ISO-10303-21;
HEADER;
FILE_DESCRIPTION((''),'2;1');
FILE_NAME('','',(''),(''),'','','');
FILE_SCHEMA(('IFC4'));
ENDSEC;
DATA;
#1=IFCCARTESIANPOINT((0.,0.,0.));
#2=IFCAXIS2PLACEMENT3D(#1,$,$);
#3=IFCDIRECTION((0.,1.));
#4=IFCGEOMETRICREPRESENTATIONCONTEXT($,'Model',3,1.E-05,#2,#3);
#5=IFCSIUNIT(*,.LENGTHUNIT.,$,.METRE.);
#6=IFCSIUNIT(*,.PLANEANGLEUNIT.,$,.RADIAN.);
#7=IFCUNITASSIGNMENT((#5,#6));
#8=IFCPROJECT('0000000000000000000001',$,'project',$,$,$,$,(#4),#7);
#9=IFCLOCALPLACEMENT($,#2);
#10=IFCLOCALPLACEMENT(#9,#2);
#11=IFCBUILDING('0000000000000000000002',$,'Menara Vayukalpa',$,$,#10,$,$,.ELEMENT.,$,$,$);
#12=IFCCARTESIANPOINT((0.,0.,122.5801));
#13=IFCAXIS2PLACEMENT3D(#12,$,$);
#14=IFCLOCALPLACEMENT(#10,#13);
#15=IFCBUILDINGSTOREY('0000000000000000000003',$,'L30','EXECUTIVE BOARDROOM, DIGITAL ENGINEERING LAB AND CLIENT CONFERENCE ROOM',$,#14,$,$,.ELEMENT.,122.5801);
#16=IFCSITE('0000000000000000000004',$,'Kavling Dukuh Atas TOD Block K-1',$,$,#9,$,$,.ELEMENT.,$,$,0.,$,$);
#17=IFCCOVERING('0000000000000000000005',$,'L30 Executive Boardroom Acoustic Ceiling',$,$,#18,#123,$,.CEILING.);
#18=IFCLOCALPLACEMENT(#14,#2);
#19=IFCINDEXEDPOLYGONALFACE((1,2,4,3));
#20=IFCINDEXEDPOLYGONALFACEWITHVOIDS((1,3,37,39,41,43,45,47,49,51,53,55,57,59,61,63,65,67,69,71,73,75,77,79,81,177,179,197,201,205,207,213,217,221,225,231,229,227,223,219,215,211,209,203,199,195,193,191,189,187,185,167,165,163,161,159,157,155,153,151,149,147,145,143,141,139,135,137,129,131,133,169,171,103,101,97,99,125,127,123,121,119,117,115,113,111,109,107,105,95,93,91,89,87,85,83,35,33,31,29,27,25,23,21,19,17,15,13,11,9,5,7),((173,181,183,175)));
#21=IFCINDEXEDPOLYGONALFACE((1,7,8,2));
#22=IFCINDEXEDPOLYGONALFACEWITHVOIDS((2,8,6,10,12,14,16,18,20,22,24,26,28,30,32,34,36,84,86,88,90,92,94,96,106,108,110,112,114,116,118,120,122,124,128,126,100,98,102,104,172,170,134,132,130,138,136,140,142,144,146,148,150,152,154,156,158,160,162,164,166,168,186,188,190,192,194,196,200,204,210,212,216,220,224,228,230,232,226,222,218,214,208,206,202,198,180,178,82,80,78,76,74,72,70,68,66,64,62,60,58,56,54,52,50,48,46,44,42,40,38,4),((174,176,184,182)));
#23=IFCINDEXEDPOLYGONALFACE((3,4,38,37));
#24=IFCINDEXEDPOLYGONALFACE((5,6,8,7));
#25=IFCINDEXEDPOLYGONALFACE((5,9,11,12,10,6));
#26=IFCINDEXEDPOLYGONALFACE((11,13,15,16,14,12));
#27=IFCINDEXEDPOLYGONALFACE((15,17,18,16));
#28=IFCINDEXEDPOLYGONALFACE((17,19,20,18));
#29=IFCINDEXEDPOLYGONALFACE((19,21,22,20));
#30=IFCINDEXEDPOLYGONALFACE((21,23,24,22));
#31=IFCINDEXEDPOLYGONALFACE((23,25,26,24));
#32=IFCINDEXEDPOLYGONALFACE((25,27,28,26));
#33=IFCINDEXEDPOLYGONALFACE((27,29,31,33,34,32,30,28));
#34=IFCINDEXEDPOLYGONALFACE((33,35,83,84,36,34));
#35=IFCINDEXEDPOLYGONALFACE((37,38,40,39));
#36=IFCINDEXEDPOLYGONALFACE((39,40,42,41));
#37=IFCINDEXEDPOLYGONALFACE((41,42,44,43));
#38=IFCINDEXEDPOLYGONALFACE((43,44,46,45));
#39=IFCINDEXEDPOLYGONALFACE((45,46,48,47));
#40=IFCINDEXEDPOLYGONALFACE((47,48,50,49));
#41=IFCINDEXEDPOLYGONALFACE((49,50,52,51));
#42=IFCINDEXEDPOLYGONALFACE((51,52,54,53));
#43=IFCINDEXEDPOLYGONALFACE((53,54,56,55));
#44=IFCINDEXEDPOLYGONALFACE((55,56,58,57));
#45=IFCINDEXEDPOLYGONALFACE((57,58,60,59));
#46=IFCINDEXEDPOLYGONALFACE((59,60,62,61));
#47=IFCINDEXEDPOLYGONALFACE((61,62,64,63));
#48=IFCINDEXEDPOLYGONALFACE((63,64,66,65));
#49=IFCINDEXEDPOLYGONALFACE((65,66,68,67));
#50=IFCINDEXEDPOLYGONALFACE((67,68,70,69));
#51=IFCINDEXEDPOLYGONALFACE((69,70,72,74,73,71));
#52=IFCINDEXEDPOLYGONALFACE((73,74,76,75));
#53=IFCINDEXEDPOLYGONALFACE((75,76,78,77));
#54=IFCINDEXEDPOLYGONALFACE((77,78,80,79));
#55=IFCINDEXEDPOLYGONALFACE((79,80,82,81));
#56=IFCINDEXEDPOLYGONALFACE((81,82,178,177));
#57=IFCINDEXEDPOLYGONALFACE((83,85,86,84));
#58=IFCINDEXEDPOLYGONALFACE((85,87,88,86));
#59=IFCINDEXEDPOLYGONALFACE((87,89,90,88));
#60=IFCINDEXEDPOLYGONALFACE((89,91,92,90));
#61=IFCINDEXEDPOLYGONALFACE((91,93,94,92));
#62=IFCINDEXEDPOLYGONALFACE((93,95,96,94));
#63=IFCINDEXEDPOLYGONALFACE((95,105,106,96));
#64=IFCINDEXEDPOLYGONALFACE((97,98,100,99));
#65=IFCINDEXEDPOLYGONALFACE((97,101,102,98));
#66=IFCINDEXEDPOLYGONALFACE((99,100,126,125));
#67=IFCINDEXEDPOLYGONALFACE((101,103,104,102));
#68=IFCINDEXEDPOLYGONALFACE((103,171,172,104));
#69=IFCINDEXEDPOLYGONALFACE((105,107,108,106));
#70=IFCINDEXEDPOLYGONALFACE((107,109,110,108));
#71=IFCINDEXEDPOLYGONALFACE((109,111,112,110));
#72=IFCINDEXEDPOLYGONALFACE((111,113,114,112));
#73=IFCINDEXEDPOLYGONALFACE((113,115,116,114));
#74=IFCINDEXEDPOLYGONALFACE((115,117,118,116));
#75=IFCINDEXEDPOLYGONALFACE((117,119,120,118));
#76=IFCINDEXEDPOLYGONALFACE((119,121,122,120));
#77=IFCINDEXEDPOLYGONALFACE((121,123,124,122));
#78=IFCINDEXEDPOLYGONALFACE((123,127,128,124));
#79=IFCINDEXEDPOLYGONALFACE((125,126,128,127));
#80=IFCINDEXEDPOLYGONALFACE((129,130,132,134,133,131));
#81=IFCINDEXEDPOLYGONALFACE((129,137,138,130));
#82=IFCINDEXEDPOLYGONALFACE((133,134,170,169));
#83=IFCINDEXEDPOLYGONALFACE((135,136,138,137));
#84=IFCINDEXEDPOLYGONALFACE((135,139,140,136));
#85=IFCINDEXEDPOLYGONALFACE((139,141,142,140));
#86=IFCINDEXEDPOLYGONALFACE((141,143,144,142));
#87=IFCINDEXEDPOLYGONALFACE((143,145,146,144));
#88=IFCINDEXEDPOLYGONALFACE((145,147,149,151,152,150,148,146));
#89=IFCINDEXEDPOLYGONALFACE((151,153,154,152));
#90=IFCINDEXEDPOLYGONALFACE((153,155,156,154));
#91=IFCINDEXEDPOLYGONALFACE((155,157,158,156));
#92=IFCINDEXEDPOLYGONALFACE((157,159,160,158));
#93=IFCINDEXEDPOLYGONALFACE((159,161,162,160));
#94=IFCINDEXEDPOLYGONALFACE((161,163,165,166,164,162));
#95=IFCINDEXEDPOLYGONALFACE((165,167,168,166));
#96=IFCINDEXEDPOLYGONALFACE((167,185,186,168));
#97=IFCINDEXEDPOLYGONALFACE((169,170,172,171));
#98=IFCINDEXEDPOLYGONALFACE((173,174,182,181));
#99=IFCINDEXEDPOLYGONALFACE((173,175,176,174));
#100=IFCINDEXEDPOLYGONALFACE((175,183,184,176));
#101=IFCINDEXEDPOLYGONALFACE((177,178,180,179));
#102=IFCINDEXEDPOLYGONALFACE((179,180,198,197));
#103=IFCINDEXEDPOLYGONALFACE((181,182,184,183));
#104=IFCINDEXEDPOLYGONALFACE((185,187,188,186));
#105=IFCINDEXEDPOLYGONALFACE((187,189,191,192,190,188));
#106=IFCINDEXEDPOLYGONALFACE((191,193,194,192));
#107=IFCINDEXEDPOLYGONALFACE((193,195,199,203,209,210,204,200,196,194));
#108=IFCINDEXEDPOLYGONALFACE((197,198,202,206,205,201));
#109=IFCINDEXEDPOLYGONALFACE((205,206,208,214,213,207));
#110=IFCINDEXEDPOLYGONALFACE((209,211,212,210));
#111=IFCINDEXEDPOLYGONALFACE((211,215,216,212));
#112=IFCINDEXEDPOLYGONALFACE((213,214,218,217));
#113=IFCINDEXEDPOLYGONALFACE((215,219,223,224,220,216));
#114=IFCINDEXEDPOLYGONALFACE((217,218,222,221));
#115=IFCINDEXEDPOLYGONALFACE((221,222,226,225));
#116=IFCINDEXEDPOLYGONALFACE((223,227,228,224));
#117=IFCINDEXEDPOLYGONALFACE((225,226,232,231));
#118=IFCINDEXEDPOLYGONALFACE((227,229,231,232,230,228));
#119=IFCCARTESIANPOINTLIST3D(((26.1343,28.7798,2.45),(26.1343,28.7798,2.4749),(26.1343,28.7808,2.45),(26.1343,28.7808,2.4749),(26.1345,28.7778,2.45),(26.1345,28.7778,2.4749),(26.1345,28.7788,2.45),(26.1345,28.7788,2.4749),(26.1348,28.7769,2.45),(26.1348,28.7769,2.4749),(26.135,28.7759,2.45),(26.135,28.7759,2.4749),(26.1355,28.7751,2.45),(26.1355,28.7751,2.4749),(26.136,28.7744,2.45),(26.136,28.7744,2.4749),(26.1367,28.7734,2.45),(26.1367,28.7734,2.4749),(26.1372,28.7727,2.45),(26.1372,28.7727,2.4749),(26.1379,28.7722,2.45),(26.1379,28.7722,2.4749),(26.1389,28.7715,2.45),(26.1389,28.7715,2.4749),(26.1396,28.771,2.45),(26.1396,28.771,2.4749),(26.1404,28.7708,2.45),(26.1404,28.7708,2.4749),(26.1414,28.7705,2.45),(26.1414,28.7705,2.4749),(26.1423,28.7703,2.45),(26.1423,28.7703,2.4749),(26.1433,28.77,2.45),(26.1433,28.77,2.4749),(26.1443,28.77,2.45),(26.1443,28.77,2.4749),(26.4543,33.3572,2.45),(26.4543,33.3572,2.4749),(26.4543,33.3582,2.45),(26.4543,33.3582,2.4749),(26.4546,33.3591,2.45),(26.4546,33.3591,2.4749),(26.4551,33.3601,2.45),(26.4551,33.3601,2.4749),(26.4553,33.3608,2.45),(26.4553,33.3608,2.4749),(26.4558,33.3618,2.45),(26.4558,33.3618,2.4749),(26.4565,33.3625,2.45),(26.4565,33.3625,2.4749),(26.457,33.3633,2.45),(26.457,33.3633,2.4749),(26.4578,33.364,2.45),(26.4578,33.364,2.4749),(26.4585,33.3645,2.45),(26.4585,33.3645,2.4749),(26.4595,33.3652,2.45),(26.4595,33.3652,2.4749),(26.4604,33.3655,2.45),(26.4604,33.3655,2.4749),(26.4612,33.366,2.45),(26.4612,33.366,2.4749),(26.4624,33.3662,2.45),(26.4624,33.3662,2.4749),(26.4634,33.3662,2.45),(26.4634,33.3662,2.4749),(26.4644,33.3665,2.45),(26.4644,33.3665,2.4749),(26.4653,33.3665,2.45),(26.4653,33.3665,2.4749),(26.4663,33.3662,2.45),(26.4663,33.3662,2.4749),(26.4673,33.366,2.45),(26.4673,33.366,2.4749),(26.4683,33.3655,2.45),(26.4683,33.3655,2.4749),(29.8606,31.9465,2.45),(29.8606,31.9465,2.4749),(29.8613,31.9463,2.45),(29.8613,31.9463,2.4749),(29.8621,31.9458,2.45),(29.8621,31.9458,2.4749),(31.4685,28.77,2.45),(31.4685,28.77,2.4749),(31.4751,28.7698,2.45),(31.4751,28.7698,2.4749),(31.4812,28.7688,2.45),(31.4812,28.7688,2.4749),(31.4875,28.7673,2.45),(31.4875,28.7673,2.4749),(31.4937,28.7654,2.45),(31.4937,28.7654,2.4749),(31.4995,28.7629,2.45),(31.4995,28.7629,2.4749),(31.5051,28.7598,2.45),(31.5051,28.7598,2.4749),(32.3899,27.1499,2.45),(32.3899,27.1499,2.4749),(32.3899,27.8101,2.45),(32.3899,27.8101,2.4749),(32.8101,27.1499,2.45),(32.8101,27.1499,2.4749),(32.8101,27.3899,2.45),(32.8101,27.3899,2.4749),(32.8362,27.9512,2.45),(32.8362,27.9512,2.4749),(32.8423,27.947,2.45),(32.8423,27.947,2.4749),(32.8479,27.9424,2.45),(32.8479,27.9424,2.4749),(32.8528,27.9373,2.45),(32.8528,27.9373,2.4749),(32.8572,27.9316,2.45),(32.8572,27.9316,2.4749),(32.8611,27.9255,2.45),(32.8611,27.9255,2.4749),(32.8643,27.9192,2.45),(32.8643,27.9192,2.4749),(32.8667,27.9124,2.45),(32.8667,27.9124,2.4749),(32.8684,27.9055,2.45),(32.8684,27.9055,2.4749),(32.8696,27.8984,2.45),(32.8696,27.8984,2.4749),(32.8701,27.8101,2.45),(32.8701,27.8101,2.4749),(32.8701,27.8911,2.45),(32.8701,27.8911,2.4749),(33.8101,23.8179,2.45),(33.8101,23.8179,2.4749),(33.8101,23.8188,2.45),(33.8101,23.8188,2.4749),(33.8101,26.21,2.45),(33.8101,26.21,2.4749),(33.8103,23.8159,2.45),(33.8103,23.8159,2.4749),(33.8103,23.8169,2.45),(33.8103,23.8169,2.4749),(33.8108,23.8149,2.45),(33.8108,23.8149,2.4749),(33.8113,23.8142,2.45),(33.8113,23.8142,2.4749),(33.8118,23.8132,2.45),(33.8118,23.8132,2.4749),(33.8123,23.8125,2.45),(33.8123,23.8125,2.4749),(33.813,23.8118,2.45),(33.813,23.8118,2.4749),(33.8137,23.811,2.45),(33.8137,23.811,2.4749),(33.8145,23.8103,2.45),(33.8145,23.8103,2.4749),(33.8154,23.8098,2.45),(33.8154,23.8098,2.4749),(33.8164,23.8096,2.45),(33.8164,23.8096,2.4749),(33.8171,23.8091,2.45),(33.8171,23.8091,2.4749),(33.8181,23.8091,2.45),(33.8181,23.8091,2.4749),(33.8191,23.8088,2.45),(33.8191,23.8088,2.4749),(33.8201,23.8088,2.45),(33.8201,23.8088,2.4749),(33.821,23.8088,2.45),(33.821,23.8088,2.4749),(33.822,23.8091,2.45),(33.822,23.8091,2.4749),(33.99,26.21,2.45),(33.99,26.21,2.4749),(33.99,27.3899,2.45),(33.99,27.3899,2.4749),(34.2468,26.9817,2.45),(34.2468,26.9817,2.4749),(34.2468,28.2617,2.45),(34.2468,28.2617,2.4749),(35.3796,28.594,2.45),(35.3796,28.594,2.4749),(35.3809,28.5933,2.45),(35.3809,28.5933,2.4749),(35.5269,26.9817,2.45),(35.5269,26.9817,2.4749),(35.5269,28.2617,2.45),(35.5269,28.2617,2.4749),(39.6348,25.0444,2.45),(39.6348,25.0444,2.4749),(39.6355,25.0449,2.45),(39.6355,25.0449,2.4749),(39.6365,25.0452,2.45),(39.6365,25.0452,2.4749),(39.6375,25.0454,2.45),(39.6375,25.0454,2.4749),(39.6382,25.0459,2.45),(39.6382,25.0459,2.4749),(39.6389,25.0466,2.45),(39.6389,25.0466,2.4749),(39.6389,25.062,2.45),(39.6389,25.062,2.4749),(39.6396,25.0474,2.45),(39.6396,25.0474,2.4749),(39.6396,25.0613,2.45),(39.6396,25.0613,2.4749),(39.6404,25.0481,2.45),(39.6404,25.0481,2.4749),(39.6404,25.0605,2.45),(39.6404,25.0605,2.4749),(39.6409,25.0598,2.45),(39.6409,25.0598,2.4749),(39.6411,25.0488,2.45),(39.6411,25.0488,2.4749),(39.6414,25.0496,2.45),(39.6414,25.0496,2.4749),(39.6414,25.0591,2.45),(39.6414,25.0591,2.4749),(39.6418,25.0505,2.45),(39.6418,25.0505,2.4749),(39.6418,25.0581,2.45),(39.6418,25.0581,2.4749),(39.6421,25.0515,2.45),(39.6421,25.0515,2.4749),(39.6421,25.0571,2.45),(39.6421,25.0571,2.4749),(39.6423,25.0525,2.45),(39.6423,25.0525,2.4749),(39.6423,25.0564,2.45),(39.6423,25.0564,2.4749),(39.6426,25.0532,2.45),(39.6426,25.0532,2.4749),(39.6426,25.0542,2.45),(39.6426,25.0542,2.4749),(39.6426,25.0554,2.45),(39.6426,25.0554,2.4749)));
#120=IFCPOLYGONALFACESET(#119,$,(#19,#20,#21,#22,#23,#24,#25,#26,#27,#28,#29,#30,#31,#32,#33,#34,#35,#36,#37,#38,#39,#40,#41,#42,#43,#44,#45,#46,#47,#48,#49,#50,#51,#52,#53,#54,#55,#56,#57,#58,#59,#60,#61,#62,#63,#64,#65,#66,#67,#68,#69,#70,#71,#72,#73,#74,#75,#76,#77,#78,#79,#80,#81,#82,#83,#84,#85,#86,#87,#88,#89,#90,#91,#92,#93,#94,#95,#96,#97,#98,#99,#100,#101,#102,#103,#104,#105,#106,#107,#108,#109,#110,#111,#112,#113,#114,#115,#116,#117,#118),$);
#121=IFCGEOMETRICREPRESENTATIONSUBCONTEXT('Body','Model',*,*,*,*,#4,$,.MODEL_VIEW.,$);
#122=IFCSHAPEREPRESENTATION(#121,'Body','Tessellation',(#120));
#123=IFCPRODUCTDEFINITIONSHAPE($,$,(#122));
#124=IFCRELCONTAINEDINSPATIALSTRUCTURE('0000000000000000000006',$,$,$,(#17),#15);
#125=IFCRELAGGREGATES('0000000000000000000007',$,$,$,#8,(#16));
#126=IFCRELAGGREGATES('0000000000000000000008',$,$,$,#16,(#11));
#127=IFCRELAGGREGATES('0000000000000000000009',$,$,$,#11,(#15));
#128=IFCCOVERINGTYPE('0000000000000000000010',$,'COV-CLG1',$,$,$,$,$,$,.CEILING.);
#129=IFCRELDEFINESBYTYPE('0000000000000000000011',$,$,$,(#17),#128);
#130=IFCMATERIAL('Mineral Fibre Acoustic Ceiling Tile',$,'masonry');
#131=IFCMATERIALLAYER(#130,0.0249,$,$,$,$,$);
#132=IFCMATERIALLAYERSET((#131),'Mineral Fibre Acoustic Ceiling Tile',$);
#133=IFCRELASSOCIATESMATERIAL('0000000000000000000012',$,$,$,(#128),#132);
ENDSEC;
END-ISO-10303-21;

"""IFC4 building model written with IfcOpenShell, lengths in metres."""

from ifc_helpers import new_model, si_unit, direction, frame, origin, place, context, subcontext, project, spatial, polyline, outline, extrude, material, layer, layer_set, type_object, element, save


model = new_model("IFC4")

# Units and contexts
model_context = context("Model", 3, precision=1e-05, world=origin(), true_north=direction((0.0, 1.0)))
body_context = subcontext(model_context, "Body", "Model", "MODEL_VIEW")
ifc_project = project(units=[si_unit("LENGTHUNIT", "METRE"), si_unit("PLANEANGLEUNIT", "RADIAN")], contexts=[model_context])

# Site, building, storey
site_placement = place(None, origin())
site = spatial("IfcSite", under=ifc_project, at=site_placement, Name="Kavling Dukuh Atas TOD Block K-1", CompositionType="ELEMENT", RefElevation=0.0)
building_placement = place(site_placement, origin())
building = spatial("IfcBuilding", under=site, at=building_placement, Name="Menara Vayukalpa", CompositionType="ELEMENT")
storey_placement = place(building_placement, frame((0.0, 0.0, 122.5801)))
storey = spatial("IfcBuildingStorey", under=building, at=storey_placement, Name="L30", Description="EXECUTIVE BOARDROOM, DIGITAL ENGINEERING LAB AND CLIENT CONFERENCE ROOM", CompositionType="ELEMENT", Elevation=122.5801)

# Covering
ifc_material_1 = material(Name="Mineral Fibre Acoustic Ceiling Tile", Category="masonry")
ifc_layer_1 = layer(ifc_material_1, 0.0249)
ifc_layer_set_1 = layer_set([ifc_layer_1], Name="Mineral Fibre Acoustic Ceiling Tile")
covering_type_1 = type_object("IfcCoveringType", Name="COV-CLG1", PredefinedType="CEILING", material=ifc_layer_set_1)
covering_1_placement = place(storey_placement, frame((0.0, 0.0, 2.45)))
element("IfcCovering", 1, at=covering_1_placement, inside=storey, type_object=covering_type_1, Name="L30 Executive Boardroom Acoustic Ceiling", PredefinedType="CEILING", context=body_context, shape_type="SweptSolid", body=[
    extrude(outline(polyline([(32.8701, 27.8911), (32.8696, 27.8984), (32.8684, 27.9055), (32.8667, 27.9124), (32.8643, 27.9192), (32.8611, 27.9255), (32.8572, 27.9316), (32.8528, 27.9373), (32.8479, 27.9424), (32.8423, 27.947), (32.8362, 27.9512), (31.5051, 28.7598), (31.4995, 28.7629), (31.4937, 28.7654), (31.4875, 28.7673), (31.4812, 28.7688), (31.4751, 28.7698), (31.4685, 28.77), (26.1443, 28.77), (26.1433, 28.77), (26.1423, 28.7703), (26.1414, 28.7705), (26.1404, 28.7708), (26.1396, 28.771), (26.1389, 28.7715), (26.1379, 28.7722), (26.1372, 28.7727), (26.1367, 28.7734), (26.136, 28.7744), (26.1355, 28.7751), (26.135, 28.7759), (26.1348, 28.7769), (26.1345, 28.7778), (26.1345, 28.7788), (26.1343, 28.7798), (26.1343, 28.7808), (26.4543, 33.3572), (26.4543, 33.3582), (26.4546, 33.3591), (26.4551, 33.3601), (26.4553, 33.3608), (26.4558, 33.3618), (26.4565, 33.3625), (26.457, 33.3633), (26.4578, 33.364), (26.4585, 33.3645), (26.4595, 33.3652), (26.4604, 33.3655), (26.4612, 33.366), (26.4624, 33.3662), (26.4634, 33.3662), (26.4644, 33.3665), (26.4653, 33.3665), (26.4663, 33.3662), (26.4673, 33.366), (26.4683, 33.3655), (29.8606, 31.9465), (29.8613, 31.9463), (29.8621, 31.9458), (35.3796, 28.594), (35.3809, 28.5933), (39.6389, 25.062), (39.6396, 25.0613), (39.6404, 25.0605), (39.6409, 25.0598), (39.6414, 25.0591), (39.6418, 25.0581), (39.6421, 25.0571), (39.6423, 25.0564), (39.6426, 25.0554), (39.6426, 25.0542), (39.6426, 25.0532), (39.6423, 25.0525), (39.6421, 25.0515), (39.6418, 25.0505), (39.6414, 25.0496), (39.6411, 25.0488), (39.6404, 25.0481), (39.6396, 25.0474), (39.6389, 25.0466), (39.6382, 25.0459), (39.6375, 25.0454), (39.6365, 25.0452), (39.6355, 25.0449), (39.6348, 25.0444), (33.822, 23.8091), (33.821, 23.8088), (33.8201, 23.8088), (33.8191, 23.8088), (33.8181, 23.8091), (33.8171, 23.8091), (33.8164, 23.8096), (33.8154, 23.8098), (33.8145, 23.8103), (33.8137, 23.811), (33.813, 23.8118), (33.8123, 23.8125), (33.8118, 23.8132), (33.8113, 23.8142), (33.8108, 23.8149), (33.8103, 23.8159), (33.8103, 23.8169), (33.8101, 23.8179), (33.8101, 23.8188), (33.8101, 26.21), (33.99, 26.21), (33.99, 27.3899), (32.8101, 27.3899), (32.8101, 27.1499), (32.3899, 27.1499), (32.3899, 27.8101), (32.8701, 27.8101), (32.8701, 27.8911)]), holes=[polyline([(35.5269, 26.9817), (35.5269, 28.2617), (34.2468, 28.2617), (34.2468, 26.9817), (35.5269, 26.9817)])]), origin(), (0.0, 0.0, 1.0), 0.0249),
])

save(model, "model.ifc")
